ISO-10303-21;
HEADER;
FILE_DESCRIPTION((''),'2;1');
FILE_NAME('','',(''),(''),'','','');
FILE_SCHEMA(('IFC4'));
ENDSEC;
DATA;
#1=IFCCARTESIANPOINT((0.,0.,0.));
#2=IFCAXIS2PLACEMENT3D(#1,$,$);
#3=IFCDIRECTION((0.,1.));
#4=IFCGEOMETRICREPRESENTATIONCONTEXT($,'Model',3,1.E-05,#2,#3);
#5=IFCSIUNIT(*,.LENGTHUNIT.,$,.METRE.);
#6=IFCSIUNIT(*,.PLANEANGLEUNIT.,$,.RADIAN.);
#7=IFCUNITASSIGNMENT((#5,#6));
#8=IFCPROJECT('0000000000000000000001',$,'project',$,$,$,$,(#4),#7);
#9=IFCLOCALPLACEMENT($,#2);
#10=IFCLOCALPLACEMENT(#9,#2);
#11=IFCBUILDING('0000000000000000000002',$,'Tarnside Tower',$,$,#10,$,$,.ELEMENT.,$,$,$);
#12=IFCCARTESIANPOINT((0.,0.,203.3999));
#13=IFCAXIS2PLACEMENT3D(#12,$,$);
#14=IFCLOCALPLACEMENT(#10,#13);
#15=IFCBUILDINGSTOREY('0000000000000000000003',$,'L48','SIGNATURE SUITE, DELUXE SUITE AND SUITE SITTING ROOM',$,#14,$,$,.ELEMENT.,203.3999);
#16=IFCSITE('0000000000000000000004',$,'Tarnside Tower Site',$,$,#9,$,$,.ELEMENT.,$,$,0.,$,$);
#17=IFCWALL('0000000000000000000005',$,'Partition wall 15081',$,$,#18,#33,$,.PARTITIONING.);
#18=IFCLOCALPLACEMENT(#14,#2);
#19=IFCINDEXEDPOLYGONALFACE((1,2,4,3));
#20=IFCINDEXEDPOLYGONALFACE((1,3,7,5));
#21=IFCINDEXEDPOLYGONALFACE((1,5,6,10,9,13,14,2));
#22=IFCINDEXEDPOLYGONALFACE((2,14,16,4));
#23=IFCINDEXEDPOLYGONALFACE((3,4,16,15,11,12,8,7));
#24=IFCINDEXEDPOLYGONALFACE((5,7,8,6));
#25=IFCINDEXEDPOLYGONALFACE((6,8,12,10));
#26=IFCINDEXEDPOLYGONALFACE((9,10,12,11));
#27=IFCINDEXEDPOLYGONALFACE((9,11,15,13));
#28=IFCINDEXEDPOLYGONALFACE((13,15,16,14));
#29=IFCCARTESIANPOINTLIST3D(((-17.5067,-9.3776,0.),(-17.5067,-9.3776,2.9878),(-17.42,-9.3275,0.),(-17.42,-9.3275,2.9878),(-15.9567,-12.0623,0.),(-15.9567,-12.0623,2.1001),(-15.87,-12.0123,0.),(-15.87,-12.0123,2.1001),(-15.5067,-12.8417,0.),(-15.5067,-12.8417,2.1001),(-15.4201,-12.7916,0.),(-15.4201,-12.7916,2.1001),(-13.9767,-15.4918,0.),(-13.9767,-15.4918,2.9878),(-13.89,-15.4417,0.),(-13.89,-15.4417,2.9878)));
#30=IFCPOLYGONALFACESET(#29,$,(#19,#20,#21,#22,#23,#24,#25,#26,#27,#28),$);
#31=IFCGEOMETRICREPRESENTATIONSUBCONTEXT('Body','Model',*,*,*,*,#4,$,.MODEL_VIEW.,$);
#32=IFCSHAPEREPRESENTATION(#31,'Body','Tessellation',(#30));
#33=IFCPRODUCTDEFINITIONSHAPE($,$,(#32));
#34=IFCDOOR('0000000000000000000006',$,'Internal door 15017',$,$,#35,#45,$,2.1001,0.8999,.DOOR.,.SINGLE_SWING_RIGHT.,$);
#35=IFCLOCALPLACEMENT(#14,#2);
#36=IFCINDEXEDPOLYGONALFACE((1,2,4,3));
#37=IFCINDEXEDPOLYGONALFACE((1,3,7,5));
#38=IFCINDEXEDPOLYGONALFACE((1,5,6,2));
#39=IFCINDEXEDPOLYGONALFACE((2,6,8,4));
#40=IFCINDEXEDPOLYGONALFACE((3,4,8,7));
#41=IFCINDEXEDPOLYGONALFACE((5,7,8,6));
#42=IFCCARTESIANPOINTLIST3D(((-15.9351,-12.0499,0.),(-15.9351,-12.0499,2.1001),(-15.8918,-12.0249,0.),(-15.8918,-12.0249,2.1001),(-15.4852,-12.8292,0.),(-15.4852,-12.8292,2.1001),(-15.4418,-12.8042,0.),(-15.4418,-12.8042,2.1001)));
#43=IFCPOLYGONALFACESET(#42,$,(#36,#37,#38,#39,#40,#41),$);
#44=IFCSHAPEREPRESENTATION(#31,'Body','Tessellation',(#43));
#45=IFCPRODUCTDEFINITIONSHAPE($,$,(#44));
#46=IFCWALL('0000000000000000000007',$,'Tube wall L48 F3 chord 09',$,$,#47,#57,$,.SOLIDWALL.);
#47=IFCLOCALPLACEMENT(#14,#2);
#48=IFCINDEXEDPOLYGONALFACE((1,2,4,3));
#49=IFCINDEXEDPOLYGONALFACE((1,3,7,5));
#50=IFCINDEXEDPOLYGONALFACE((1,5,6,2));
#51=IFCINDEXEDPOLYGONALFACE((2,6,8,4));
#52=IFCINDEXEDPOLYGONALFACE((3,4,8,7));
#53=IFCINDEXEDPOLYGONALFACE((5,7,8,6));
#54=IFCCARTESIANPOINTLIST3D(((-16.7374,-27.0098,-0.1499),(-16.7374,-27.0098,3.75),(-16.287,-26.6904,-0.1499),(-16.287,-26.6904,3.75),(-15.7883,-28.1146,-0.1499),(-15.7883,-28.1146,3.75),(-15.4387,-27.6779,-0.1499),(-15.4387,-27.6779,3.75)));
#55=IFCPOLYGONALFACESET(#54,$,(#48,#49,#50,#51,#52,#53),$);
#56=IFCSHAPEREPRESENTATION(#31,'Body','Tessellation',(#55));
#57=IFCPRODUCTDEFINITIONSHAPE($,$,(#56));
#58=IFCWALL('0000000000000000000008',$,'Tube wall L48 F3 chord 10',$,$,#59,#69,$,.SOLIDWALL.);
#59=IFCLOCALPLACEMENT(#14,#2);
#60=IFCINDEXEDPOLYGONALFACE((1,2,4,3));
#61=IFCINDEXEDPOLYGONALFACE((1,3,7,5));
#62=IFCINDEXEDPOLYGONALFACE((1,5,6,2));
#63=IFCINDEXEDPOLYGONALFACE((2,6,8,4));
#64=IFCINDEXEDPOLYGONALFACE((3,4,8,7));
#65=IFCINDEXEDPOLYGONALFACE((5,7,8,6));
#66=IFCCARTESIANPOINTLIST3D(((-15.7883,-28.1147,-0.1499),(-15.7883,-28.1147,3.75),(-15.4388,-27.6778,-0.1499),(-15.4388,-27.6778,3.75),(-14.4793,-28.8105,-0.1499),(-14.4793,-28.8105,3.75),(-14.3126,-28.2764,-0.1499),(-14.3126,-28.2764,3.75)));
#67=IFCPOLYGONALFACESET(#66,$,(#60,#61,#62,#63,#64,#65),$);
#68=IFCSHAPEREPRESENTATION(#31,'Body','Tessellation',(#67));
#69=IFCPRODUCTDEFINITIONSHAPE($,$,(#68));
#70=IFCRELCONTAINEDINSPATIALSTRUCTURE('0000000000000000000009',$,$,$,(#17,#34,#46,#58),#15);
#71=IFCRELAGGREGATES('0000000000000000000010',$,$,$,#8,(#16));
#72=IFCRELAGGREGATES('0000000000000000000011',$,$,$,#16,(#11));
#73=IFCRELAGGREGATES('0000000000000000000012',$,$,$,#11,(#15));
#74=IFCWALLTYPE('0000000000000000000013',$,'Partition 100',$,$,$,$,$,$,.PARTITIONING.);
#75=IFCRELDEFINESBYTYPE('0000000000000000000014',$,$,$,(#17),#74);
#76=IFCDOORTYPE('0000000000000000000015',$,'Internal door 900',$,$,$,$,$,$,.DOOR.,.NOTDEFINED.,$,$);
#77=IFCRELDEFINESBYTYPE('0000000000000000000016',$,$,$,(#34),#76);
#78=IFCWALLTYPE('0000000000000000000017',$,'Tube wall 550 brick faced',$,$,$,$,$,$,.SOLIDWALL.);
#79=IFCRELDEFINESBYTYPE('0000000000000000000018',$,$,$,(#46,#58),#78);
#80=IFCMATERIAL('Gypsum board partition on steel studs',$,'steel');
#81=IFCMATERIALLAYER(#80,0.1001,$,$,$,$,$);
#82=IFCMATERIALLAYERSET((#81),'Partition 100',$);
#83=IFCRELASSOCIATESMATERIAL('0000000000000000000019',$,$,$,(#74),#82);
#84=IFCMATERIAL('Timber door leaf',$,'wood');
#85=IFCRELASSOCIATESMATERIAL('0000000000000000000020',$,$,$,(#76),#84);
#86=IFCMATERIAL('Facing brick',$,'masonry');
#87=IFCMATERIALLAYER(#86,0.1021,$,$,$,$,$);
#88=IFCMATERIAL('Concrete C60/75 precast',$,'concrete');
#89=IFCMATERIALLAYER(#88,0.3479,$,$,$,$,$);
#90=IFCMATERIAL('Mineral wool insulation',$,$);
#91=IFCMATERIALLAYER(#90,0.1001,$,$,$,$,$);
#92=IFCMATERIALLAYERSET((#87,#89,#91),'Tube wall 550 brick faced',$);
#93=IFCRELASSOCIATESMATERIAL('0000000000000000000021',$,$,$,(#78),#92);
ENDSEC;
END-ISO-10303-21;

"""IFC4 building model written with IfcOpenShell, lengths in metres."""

from ifc_helpers import new_model, si_unit, direction, frame, frame_2d, origin, place, context, subcontext, project, spatial, polyline, rectangle, outline, extrude, material, layer, layer_set, type_object, element, fill, save


model = new_model("IFC4")

# Units and contexts
model_context = context("Model", 3, precision=1e-05, world=origin(), true_north=direction((0.0, 1.0)))
body_context = subcontext(model_context, "Body", "Model", "MODEL_VIEW")
ifc_project = project(units=[si_unit("LENGTHUNIT", "METRE"), si_unit("PLANEANGLEUNIT", "RADIAN")], contexts=[model_context])

# Site, building, storey
site_placement = place(None, origin())
site = spatial("IfcSite", under=ifc_project, at=site_placement, Name="Tarnside Tower Site", CompositionType="ELEMENT", RefElevation=0.0)
building_placement = place(site_placement, origin())
building = spatial("IfcBuilding", under=site, at=building_placement, Name="Tarnside Tower", CompositionType="ELEMENT")
storey_placement = place(building_placement, frame((0.0, 0.0, 203.3999)))
storey = spatial("IfcBuildingStorey", under=building, at=storey_placement, Name="L48", Description="SIGNATURE SUITE, DELUXE SUITE AND SUITE SITTING ROOM", CompositionType="ELEMENT", Elevation=203.3999)

# Shared definitions
ifc_material_1 = material(Name="Gypsum board partition on steel studs", Category="steel")

# Shared definitions
ifc_layer_1 = layer(ifc_material_1, 0.1001)
ifc_layer_set_1 = layer_set([ifc_layer_1], Name="Partition 100")
wall_type_1 = type_object("IfcWallType", Name="Partition 100", PredefinedType="PARTITIONING", material=ifc_layer_set_1)
ifc_material_2 = material(Name="Timber door leaf", Category="wood")
door_type = type_object("IfcDoorType", Name="Internal door 900", OperationType="NOTDEFINED", PredefinedType="DOOR", material=ifc_material_2)

# Wall, opening, door
wall_1_placement = place(storey_placement, frame((-17.4634, -9.3525, 0.0), z_axis=(0.0, 0.0, 1.0), x_axis=(0.499996, -0.866028, 0.0)))
wall_1 = element("IfcWall", 1, at=wall_1_placement, inside=storey, type_object=wall_type_1, Name="Partition wall 15081", PredefinedType="PARTITIONING", context=body_context, shape_type="SweptSolid", body=[
    extrude(rectangle(XDim=7.0601, YDim=0.1001, at=frame_2d((3.53, 0.0))), origin(), (0.0, 0.0, 1.0), 2.9878),
])
opening_1_placement = place(wall_1_placement, frame((3.1001, 0.0, 0.0)))
opening_1 = element("IfcOpeningElement", 2, at=opening_1_placement, cuts=wall_1, PredefinedType="OPENING", context=body_context, shape_type="SweptSolid", body=[
    extrude(rectangle(XDim=0.8999, YDim=2.1001, at=frame_2d((0.45, 1.05))), frame((0.0, 0.0601, 0.0), z_axis=(0.0, -1.0, 0.0), x_axis=(1.0, 0.0, 0.0)), (0.0, 0.0, 1.0), 0.1201),
])
door_1_placement = place(opening_1_placement, origin())
door_1 = element("IfcDoor", 3, at=door_1_placement, inside=storey, type_object=door_type, Name="Internal door 15017", OperationType="SINGLE_SWING_RIGHT", OverallHeight=2.1001, OverallWidth=0.8999, PredefinedType="DOOR", context=body_context, shape_type="SweptSolid", body=[
    extrude(rectangle(XDim=0.8999, YDim=2.1001, at=frame_2d((0.45, 1.05))), frame((0.0, 0.0249, 0.0), z_axis=(0.0, -1.0, 0.0), x_axis=(1.0, 0.0, 0.0)), (0.0, 0.0, 1.0), 0.05),
])
fill(opening_1, door_1)

# Walls
ifc_material_3 = material(Name="Facing brick", Category="masonry")
ifc_layer_2 = layer(ifc_material_3, 0.1021)
ifc_material_4 = material(Name="Concrete C60/75 precast", Category="concrete")
ifc_layer_3 = layer(ifc_material_4, 0.3479)
ifc_material_5 = material(Name="Mineral wool insulation")
ifc_layer_4 = layer(ifc_material_5, 0.1001)
ifc_layer_set_2 = layer_set([ifc_layer_2, ifc_layer_3, ifc_layer_4], Name="Tube wall 550 brick faced")
wall_type_2 = type_object("IfcWallType", Name="Tube wall 550 brick faced", PredefinedType="SOLIDWALL", material=ifc_layer_set_2)
wall_2_placement = place(storey_placement, frame((-16.5122, -26.8501, -0.1499), z_axis=(0.0, 0.0, 1.0), x_axis=(0.651622, -0.758544, 0.0)))
element("IfcWall", 4, at=wall_2_placement, inside=storey, type_object=wall_type_2, Name="Tube wall L48 F3 chord 09", PredefinedType="SOLIDWALL", context=body_context, shape_type="SweptSolid", body=[
    extrude(outline(polyline([(-0.0256, -0.2749), (1.4309, -0.2749), (1.3274, 0.2749), (0.0256, 0.2749), (-0.0256, -0.2749)])), origin(), (0.0, 0.0, 1.0), 3.8999),
])
wall_3_placement = place(storey_placement, frame((-15.6135, -27.8962, -0.1499), z_axis=(0.0, 0.0, 1.0), x_axis=(0.882994, -0.469384, 0.0)))
element("IfcWall", 5, at=wall_3_placement, inside=storey, type_object=wall_type_2, Name="Tube wall L48 F3 chord 10", PredefinedType="SOLIDWALL", context=body_context, shape_type="SweptSolid", body=[
    extrude(outline(polyline([(-0.0518, -0.2749), (1.4307, -0.2749), (1.3271, 0.2749), (0.0518, 0.2749), (-0.0518, -0.2749)])), origin(), (0.0, 0.0, 1.0), 3.8999),
])

save(model, "model.ifc")
